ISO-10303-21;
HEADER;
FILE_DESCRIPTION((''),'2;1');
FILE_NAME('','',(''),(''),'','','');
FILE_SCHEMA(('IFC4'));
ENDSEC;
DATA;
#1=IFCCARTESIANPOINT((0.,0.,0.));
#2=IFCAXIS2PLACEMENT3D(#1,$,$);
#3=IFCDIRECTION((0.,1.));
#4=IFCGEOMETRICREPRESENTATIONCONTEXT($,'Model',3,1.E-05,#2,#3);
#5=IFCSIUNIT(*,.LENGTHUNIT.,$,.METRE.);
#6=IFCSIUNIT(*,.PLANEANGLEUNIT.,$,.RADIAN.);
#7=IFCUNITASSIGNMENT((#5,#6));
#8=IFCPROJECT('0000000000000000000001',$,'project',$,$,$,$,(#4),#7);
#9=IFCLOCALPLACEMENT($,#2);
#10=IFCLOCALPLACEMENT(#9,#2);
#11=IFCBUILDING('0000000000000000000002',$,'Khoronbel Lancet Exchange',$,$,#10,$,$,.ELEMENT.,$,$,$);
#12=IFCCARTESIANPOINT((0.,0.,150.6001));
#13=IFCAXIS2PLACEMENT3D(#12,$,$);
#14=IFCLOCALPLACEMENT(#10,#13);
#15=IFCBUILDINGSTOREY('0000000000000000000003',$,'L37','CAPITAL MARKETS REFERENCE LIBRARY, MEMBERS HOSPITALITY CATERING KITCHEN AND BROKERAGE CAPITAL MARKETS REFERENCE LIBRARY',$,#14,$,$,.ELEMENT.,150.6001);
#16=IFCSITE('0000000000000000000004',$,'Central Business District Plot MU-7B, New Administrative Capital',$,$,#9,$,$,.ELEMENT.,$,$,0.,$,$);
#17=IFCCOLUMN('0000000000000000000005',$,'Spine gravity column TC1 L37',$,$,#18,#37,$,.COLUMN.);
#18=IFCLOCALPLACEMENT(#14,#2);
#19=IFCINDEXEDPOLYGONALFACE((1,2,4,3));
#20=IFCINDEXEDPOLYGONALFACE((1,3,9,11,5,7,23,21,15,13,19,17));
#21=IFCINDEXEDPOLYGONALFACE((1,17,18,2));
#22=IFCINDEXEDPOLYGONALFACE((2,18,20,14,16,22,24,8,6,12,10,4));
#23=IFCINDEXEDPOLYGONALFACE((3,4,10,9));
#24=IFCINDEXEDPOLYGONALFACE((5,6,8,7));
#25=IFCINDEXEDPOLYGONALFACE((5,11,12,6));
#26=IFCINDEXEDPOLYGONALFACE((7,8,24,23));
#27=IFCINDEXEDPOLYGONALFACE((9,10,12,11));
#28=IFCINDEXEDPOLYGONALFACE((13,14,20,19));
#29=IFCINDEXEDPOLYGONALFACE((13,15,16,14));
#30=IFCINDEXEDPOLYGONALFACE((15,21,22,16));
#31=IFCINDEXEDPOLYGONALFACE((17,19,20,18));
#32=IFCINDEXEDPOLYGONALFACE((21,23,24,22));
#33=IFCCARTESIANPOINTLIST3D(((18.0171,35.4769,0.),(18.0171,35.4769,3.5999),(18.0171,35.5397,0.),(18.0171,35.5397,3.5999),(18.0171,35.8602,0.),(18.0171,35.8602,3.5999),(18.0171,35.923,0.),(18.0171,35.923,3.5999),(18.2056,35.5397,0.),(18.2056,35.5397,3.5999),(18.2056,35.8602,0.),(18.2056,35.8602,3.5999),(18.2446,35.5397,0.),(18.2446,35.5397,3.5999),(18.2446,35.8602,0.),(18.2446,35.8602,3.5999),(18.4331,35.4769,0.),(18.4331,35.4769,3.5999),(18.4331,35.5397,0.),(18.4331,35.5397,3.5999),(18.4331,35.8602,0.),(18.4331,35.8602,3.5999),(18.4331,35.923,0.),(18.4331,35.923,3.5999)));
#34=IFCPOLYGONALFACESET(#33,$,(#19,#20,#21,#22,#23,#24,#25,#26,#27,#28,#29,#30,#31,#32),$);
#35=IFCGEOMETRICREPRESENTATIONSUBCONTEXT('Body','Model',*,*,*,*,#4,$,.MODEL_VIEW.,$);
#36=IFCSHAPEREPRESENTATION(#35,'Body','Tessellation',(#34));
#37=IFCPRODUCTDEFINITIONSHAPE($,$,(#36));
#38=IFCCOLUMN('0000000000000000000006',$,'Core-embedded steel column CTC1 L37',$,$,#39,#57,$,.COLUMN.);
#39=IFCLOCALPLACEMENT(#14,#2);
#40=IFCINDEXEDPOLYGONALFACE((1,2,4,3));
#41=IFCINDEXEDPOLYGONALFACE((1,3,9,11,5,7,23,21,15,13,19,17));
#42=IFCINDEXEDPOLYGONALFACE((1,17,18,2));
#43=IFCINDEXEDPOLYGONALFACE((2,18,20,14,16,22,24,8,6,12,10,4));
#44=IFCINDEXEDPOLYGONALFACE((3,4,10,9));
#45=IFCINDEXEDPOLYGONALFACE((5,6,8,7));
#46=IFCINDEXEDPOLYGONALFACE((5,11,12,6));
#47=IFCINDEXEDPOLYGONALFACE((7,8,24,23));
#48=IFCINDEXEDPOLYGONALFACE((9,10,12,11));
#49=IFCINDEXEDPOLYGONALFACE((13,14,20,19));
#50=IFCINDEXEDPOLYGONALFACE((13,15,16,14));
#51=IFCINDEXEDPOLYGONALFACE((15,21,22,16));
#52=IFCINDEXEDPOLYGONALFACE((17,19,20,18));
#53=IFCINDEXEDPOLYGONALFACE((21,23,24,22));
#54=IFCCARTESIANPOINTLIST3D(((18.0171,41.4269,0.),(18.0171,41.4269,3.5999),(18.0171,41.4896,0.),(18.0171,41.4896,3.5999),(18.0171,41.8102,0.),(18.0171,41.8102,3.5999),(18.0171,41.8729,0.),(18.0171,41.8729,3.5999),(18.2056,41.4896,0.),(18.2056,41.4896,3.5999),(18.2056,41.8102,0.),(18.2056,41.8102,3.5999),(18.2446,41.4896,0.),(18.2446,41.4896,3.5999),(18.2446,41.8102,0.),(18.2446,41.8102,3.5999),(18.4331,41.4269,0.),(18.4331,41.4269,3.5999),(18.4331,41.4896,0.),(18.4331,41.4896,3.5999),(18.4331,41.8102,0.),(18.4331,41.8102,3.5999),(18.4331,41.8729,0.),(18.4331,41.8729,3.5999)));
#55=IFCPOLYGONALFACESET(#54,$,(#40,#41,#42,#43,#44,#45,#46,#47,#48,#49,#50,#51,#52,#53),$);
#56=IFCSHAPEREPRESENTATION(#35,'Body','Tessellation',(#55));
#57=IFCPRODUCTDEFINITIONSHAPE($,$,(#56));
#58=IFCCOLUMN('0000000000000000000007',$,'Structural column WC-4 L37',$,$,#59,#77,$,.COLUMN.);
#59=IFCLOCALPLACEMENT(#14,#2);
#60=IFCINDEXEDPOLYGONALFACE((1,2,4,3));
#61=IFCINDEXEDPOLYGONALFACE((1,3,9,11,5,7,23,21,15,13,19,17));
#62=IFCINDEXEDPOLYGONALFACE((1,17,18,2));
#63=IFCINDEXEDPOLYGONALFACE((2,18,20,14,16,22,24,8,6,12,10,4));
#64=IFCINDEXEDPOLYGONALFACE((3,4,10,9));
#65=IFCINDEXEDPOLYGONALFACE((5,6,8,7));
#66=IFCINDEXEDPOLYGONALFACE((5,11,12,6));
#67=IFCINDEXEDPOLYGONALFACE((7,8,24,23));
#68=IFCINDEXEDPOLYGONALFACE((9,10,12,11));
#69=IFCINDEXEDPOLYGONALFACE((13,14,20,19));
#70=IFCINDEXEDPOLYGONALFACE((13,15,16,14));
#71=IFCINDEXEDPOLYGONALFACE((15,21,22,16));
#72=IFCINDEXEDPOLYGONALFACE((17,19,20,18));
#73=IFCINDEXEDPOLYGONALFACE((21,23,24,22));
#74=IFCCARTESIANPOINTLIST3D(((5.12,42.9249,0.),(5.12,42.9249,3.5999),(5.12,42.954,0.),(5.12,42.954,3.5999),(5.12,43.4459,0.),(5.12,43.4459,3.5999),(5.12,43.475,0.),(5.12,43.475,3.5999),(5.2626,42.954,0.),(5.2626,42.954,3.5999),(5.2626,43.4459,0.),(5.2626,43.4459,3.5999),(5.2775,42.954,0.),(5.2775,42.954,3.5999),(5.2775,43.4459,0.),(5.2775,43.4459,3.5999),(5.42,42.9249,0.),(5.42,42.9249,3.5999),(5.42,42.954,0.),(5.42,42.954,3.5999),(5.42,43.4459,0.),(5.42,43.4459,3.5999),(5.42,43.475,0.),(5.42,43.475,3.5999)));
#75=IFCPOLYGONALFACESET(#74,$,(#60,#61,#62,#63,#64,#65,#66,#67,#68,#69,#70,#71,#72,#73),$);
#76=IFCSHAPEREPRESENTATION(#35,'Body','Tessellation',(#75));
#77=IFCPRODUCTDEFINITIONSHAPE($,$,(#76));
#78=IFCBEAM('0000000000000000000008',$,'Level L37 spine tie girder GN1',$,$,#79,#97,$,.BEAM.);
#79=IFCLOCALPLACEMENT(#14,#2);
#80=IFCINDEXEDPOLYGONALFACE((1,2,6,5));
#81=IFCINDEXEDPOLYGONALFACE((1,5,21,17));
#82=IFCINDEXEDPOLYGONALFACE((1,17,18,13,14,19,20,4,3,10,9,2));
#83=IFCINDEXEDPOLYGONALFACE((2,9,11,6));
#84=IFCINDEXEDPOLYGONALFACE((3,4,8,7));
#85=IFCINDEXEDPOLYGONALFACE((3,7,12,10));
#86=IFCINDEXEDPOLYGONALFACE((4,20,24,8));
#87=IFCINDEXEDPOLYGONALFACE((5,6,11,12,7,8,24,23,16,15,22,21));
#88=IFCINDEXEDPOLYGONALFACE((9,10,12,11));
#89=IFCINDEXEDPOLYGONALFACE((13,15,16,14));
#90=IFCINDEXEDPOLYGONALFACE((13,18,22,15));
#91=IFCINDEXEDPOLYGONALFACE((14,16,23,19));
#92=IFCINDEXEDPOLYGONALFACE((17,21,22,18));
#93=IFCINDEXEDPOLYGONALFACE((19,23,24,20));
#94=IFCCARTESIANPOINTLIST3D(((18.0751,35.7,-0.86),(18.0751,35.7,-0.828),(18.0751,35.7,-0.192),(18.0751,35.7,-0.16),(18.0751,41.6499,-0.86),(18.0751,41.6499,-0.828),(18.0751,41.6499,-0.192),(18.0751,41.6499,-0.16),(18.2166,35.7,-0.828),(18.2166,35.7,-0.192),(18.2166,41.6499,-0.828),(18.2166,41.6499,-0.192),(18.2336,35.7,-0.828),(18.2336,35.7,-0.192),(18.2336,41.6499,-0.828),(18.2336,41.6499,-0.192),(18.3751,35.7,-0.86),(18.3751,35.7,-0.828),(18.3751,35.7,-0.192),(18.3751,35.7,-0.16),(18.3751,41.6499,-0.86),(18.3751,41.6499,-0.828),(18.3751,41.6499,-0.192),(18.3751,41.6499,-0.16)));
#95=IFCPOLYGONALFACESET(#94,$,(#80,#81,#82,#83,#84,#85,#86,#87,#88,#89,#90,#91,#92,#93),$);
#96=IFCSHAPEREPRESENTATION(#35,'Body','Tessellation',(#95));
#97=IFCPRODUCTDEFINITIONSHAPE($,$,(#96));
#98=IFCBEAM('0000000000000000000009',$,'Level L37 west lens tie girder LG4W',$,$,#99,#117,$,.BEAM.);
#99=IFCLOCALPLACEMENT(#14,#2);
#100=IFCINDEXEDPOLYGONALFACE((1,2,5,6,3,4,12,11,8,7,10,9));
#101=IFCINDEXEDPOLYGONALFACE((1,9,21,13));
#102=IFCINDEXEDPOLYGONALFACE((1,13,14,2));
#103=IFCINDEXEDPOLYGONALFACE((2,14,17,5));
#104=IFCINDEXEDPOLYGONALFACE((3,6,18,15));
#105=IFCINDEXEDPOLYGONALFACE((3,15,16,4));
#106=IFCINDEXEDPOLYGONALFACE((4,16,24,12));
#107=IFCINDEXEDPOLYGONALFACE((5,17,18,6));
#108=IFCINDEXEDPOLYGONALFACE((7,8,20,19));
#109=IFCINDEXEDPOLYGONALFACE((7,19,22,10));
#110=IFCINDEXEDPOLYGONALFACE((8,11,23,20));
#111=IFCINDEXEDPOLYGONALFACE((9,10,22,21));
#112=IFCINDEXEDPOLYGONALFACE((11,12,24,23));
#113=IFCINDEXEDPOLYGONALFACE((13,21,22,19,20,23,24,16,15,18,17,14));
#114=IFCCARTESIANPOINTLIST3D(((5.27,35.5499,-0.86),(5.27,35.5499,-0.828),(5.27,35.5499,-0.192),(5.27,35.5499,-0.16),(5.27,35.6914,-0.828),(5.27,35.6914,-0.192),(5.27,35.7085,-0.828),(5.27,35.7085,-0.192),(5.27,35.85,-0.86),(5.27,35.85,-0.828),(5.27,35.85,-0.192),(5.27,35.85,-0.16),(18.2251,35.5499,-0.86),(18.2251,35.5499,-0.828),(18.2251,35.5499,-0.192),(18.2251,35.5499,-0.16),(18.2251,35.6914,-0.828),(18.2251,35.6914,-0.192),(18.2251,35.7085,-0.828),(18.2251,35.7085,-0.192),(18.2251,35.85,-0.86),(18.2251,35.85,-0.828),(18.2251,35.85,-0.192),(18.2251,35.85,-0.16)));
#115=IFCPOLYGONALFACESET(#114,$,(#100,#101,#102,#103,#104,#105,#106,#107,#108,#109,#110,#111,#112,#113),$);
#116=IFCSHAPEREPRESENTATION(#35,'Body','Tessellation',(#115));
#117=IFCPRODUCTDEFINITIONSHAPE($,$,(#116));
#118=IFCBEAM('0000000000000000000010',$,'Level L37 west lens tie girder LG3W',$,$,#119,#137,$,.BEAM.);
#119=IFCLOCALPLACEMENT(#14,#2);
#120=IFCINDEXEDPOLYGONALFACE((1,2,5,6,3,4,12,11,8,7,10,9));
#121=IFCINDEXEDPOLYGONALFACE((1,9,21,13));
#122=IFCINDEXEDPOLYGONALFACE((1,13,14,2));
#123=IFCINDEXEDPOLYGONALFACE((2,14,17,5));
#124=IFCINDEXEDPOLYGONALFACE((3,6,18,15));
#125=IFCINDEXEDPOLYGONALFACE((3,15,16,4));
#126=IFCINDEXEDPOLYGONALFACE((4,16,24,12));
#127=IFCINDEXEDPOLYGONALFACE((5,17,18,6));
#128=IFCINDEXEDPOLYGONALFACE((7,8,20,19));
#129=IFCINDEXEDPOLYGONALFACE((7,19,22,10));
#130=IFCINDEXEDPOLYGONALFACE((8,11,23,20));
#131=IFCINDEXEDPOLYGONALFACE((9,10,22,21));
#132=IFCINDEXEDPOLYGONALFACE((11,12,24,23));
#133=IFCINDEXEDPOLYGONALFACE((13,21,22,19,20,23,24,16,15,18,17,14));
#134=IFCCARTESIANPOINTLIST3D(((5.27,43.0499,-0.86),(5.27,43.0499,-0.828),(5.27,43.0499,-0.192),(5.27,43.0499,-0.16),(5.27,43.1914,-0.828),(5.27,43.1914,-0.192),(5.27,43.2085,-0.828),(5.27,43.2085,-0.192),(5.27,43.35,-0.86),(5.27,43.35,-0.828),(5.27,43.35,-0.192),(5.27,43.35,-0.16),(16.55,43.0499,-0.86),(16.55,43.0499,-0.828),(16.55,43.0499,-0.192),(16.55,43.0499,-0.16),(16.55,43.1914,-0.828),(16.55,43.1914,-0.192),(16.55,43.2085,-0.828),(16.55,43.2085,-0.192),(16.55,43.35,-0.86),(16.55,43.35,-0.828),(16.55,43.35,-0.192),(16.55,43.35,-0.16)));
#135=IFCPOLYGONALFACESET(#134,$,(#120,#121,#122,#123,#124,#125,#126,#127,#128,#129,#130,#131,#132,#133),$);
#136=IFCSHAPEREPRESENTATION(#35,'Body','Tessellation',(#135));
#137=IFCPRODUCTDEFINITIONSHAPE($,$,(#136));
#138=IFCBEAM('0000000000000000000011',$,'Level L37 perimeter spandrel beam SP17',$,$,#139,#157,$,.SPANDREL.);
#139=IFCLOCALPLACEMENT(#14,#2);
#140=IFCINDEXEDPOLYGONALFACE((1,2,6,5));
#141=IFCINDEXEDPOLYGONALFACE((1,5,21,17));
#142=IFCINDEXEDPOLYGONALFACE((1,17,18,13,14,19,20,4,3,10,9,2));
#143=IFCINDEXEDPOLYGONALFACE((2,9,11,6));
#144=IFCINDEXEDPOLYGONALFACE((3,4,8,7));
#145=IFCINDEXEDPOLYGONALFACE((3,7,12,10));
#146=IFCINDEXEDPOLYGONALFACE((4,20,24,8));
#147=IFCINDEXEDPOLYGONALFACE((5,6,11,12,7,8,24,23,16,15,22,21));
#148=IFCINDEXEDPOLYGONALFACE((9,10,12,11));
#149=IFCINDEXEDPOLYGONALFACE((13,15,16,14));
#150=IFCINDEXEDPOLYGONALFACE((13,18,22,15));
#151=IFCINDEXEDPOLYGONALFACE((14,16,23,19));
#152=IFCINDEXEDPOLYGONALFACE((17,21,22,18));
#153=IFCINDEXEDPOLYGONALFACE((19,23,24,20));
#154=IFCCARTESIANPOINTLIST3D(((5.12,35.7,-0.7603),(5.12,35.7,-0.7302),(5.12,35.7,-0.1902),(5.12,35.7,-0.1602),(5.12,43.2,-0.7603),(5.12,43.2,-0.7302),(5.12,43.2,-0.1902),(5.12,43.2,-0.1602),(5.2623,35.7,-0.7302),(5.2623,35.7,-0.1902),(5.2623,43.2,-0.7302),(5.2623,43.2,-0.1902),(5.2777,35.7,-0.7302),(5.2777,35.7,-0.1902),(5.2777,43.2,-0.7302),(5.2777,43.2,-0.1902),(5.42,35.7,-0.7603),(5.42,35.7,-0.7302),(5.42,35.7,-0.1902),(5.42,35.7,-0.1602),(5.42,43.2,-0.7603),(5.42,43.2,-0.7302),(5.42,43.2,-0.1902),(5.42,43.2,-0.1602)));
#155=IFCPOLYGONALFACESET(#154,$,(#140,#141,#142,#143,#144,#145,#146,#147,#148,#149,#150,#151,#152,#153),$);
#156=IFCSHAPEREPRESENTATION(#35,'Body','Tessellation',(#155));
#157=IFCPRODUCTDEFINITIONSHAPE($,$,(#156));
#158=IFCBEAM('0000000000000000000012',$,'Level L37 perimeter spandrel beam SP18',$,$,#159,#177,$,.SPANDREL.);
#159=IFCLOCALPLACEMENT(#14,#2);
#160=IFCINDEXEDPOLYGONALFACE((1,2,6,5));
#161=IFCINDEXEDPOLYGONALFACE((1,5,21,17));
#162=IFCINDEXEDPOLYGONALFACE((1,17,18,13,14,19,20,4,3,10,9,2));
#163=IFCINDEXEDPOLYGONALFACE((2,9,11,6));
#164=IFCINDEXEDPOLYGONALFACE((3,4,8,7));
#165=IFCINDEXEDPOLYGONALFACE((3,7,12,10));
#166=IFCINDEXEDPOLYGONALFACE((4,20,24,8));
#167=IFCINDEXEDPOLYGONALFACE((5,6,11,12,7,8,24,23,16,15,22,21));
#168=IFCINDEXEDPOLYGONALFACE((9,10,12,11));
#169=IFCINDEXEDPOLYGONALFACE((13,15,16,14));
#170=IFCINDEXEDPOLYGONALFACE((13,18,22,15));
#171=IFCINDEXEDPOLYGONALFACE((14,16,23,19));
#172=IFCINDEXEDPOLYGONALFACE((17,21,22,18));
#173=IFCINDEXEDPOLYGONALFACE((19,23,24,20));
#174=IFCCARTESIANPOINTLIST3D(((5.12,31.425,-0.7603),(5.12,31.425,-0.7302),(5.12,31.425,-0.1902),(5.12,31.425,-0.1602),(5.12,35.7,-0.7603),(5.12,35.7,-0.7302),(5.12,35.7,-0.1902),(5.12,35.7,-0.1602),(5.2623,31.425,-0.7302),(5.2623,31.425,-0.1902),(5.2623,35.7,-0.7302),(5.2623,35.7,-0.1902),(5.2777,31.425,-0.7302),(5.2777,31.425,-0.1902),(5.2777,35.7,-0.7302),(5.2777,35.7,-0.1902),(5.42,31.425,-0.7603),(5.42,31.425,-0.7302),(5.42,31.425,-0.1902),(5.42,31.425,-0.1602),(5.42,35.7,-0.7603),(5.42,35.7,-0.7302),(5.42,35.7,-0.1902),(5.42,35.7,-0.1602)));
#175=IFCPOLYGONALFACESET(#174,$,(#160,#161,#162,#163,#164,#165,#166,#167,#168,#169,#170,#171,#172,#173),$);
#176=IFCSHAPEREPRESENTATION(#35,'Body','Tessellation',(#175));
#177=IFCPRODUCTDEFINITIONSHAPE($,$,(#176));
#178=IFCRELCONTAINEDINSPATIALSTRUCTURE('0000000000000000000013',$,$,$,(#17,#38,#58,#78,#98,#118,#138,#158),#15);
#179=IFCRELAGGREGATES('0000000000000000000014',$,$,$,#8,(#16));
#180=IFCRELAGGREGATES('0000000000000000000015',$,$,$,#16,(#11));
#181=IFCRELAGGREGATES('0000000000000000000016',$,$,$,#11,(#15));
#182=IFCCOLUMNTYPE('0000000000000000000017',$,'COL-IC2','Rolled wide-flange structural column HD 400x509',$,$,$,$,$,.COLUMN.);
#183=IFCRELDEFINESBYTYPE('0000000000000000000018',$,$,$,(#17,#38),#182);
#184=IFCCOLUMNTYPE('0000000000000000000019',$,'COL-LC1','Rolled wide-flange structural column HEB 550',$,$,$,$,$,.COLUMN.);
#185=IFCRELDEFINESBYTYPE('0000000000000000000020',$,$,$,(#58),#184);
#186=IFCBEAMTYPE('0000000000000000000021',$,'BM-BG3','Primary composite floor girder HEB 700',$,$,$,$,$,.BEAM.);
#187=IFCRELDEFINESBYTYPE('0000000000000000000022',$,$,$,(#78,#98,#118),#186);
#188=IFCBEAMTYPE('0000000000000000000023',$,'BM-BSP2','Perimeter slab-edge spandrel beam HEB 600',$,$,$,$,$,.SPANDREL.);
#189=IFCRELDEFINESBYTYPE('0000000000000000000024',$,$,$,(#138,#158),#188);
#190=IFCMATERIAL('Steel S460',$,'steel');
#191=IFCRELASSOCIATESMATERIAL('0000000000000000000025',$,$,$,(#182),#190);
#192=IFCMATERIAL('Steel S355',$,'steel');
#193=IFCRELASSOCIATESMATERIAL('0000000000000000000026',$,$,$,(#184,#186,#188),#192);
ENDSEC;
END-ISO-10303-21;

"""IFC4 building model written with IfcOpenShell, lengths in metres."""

from ifc_helpers import new_model, si_unit, direction, frame, origin, origin_2d, place, context, subcontext, project, spatial, i_section, extrude, material, material_profile, profile_set, type_object, element, save


model = new_model("IFC4")

# Units and contexts
model_context = context("Model", 3, precision=1e-05, world=origin(), true_north=direction((0.0, 1.0)))
body_context = subcontext(model_context, "Body", "Model", "MODEL_VIEW")
ifc_project = project(units=[si_unit("LENGTHUNIT", "METRE"), si_unit("PLANEANGLEUNIT", "RADIAN")], contexts=[model_context])

# Site, building, storey
site_placement = place(None, origin())
site = spatial("IfcSite", under=ifc_project, at=site_placement, Name="Central Business District Plot MU-7B, New Administrative Capital", CompositionType="ELEMENT", RefElevation=0.0)
building_placement = place(site_placement, origin())
building = spatial("IfcBuilding", under=site, at=building_placement, Name="Khoronbel Lancet Exchange", CompositionType="ELEMENT")
storey_placement = place(building_placement, frame((0.0, 0.0, 150.6001)))
storey = spatial("IfcBuildingStorey", under=building, at=storey_placement, Name="L37", Description="CAPITAL MARKETS REFERENCE LIBRARY, MEMBERS HOSPITALITY CATERING KITCHEN AND BROKERAGE CAPITAL MARKETS REFERENCE LIBRARY", CompositionType="ELEMENT", Elevation=150.6001)

# Columns
ifc_material_1 = material(Name="Steel S460", Category="steel")
ifc_material_profile_1 = material_profile(ifc_material_1, i_section(OverallWidth=0.416, OverallDepth=0.446, WebThickness=0.0391, FlangeThickness=0.0627, at=origin_2d()), Name="HD 400x509")
ifc_profile_set_1 = profile_set([ifc_material_profile_1], Name="Steel S460")
column_type_1 = type_object("IfcColumnType", Name="COL-IC2", Description="Rolled wide-flange structural column HD 400x509", PredefinedType="COLUMN", material=ifc_profile_set_1)
for number, where, z_axis, x_axis, name in (
    (1, (18.2251, 35.7, 0.0), (0.0, 0.0, 1.0), (1.0, 0.0, 0.0), "Spine gravity column TC1 L37"),
    (2, (18.2251, 41.6499, 0.0), (0.0, 0.0, 1.0), (1.0, 0.0, 0.0), "Core-embedded steel column CTC1 L37"),
):
    element("IfcColumn", number, at=place(storey_placement, frame(where, z_axis=z_axis, x_axis=x_axis)), inside=storey, type_object=column_type_1, Name=name, PredefinedType="COLUMN", context=body_context, shape_type="SweptSolid", body=[
        extrude(i_section(OverallWidth=0.416, OverallDepth=0.446, WebThickness=0.0391, FlangeThickness=0.0627, at=origin_2d()), origin(), (0.0, 0.0, 1.0), 3.5999),
    ])
ifc_material_2 = material(Name="Steel S355", Category="steel")
ifc_material_profile_2 = material_profile(ifc_material_2, i_section(OverallWidth=0.3, OverallDepth=0.55, WebThickness=0.0149, FlangeThickness=0.0291, at=origin_2d()), Name="HEB 550")
ifc_profile_set_2 = profile_set([ifc_material_profile_2], Name="Steel S355")
column_type_2 = type_object("IfcColumnType", Name="COL-LC1", Description="Rolled wide-flange structural column HEB 550", PredefinedType="COLUMN", material=ifc_profile_set_2)
column_placement = place(storey_placement, frame((5.27, 43.2, 0.0), z_axis=(0.0, 0.0, 1.0), x_axis=(1.0, 0.0, 0.0)))
element("IfcColumn", 3, at=column_placement, inside=storey, type_object=column_type_2, Name="Structural column WC-4 L37", PredefinedType="COLUMN", context=body_context, shape_type="SweptSolid", body=[
    extrude(i_section(OverallWidth=0.3, OverallDepth=0.55, WebThickness=0.0149, FlangeThickness=0.0291, at=origin_2d()), origin(), (0.0, 0.0, 1.0), 3.5999),
])

# Beams
ifc_material_profile_3 = material_profile(ifc_material_2, i_section(OverallWidth=0.3, OverallDepth=0.7, WebThickness=0.0171, FlangeThickness=0.032, at=origin_2d()), Name="HEB 700")
ifc_profile_set_3 = profile_set([ifc_material_profile_3], Name="Steel S355")
beam_type_1 = type_object("IfcBeamType", Name="BM-BG3", Description="Primary composite floor girder HEB 700", PredefinedType="BEAM", material=ifc_profile_set_3)
beam_1_placement = place(storey_placement, frame((18.2251, 35.7, -0.51), z_axis=(0.0, 1.0, 0.0), x_axis=(-1.0, 0.0, 0.0)))
element("IfcBeam", 4, at=beam_1_placement, inside=storey, type_object=beam_type_1, Name="Level L37 spine tie girder GN1", PredefinedType="BEAM", context=body_context, shape_type="SweptSolid", body=[
    extrude(i_section(OverallWidth=0.3, OverallDepth=0.7, WebThickness=0.0171, FlangeThickness=0.032, at=origin_2d()), origin(), (0.0, 0.0, 1.0), 5.95),
])
beam_2_placement = place(storey_placement, frame((5.27, 35.7, -0.51), z_axis=(1.0, 0.0, 0.0), x_axis=(0.0, 1.0, 0.0)))
element("IfcBeam", 5, at=beam_2_placement, inside=storey, type_object=beam_type_1, Name="Level L37 west lens tie girder LG4W", PredefinedType="BEAM", context=body_context, shape_type="SweptSolid", body=[
    extrude(i_section(OverallWidth=0.3, OverallDepth=0.7, WebThickness=0.0171, FlangeThickness=0.032, at=origin_2d()), origin(), (0.0, 0.0, 1.0), 12.9551),
])
beam_3_placement = place(storey_placement, frame((5.27, 43.2, -0.51), z_axis=(1.0, 0.0, 0.0), x_axis=(0.0, 1.0, 0.0)))
element("IfcBeam", 6, at=beam_3_placement, inside=storey, type_object=beam_type_1, Name="Level L37 west lens tie girder LG3W", PredefinedType="BEAM", context=body_context, shape_type="SweptSolid", body=[
    extrude(i_section(OverallWidth=0.3, OverallDepth=0.7, WebThickness=0.0171, FlangeThickness=0.032, at=origin_2d()), origin(), (0.0, 0.0, 1.0), 11.28),
])
ifc_material_profile_4 = material_profile(ifc_material_2, i_section(OverallWidth=0.3, OverallDepth=0.6001, WebThickness=0.0154, FlangeThickness=0.03, at=origin_2d()), Name="HEB 600")
ifc_profile_set_4 = profile_set([ifc_material_profile_4], Name="Steel S355")
beam_type_2 = type_object("IfcBeamType", Name="BM-BSP2", Description="Perimeter slab-edge spandrel beam HEB 600", PredefinedType="SPANDREL", material=ifc_profile_set_4)
beam_4_placement = place(storey_placement, frame((5.27, 43.2, -0.4602), z_axis=(0.0, -1.0, 0.0), x_axis=(1.0, 0.0, 0.0)))
element("IfcBeam", 7, at=beam_4_placement, inside=storey, type_object=beam_type_2, Name="Level L37 perimeter spandrel beam SP17", PredefinedType="SPANDREL", context=body_context, shape_type="SweptSolid", body=[
    extrude(i_section(OverallWidth=0.3, OverallDepth=0.6001, WebThickness=0.0154, FlangeThickness=0.03, at=origin_2d()), origin(), (0.0, 0.0, 1.0), 7.5),
])
beam_5_placement = place(storey_placement, frame((5.27, 35.7, -0.4602), z_axis=(0.0, -1.0, 0.0), x_axis=(1.0, 0.0, 0.0)))
element("IfcBeam", 8, at=beam_5_placement, inside=storey, type_object=beam_type_2, Name="Level L37 perimeter spandrel beam SP18", PredefinedType="SPANDREL", context=body_context, shape_type="SweptSolid", body=[
    extrude(i_section(OverallWidth=0.3, OverallDepth=0.6001, WebThickness=0.0154, FlangeThickness=0.03, at=origin_2d()), origin(), (0.0, 0.0, 1.0), 4.2749),
])

save(model, "model.ifc")
